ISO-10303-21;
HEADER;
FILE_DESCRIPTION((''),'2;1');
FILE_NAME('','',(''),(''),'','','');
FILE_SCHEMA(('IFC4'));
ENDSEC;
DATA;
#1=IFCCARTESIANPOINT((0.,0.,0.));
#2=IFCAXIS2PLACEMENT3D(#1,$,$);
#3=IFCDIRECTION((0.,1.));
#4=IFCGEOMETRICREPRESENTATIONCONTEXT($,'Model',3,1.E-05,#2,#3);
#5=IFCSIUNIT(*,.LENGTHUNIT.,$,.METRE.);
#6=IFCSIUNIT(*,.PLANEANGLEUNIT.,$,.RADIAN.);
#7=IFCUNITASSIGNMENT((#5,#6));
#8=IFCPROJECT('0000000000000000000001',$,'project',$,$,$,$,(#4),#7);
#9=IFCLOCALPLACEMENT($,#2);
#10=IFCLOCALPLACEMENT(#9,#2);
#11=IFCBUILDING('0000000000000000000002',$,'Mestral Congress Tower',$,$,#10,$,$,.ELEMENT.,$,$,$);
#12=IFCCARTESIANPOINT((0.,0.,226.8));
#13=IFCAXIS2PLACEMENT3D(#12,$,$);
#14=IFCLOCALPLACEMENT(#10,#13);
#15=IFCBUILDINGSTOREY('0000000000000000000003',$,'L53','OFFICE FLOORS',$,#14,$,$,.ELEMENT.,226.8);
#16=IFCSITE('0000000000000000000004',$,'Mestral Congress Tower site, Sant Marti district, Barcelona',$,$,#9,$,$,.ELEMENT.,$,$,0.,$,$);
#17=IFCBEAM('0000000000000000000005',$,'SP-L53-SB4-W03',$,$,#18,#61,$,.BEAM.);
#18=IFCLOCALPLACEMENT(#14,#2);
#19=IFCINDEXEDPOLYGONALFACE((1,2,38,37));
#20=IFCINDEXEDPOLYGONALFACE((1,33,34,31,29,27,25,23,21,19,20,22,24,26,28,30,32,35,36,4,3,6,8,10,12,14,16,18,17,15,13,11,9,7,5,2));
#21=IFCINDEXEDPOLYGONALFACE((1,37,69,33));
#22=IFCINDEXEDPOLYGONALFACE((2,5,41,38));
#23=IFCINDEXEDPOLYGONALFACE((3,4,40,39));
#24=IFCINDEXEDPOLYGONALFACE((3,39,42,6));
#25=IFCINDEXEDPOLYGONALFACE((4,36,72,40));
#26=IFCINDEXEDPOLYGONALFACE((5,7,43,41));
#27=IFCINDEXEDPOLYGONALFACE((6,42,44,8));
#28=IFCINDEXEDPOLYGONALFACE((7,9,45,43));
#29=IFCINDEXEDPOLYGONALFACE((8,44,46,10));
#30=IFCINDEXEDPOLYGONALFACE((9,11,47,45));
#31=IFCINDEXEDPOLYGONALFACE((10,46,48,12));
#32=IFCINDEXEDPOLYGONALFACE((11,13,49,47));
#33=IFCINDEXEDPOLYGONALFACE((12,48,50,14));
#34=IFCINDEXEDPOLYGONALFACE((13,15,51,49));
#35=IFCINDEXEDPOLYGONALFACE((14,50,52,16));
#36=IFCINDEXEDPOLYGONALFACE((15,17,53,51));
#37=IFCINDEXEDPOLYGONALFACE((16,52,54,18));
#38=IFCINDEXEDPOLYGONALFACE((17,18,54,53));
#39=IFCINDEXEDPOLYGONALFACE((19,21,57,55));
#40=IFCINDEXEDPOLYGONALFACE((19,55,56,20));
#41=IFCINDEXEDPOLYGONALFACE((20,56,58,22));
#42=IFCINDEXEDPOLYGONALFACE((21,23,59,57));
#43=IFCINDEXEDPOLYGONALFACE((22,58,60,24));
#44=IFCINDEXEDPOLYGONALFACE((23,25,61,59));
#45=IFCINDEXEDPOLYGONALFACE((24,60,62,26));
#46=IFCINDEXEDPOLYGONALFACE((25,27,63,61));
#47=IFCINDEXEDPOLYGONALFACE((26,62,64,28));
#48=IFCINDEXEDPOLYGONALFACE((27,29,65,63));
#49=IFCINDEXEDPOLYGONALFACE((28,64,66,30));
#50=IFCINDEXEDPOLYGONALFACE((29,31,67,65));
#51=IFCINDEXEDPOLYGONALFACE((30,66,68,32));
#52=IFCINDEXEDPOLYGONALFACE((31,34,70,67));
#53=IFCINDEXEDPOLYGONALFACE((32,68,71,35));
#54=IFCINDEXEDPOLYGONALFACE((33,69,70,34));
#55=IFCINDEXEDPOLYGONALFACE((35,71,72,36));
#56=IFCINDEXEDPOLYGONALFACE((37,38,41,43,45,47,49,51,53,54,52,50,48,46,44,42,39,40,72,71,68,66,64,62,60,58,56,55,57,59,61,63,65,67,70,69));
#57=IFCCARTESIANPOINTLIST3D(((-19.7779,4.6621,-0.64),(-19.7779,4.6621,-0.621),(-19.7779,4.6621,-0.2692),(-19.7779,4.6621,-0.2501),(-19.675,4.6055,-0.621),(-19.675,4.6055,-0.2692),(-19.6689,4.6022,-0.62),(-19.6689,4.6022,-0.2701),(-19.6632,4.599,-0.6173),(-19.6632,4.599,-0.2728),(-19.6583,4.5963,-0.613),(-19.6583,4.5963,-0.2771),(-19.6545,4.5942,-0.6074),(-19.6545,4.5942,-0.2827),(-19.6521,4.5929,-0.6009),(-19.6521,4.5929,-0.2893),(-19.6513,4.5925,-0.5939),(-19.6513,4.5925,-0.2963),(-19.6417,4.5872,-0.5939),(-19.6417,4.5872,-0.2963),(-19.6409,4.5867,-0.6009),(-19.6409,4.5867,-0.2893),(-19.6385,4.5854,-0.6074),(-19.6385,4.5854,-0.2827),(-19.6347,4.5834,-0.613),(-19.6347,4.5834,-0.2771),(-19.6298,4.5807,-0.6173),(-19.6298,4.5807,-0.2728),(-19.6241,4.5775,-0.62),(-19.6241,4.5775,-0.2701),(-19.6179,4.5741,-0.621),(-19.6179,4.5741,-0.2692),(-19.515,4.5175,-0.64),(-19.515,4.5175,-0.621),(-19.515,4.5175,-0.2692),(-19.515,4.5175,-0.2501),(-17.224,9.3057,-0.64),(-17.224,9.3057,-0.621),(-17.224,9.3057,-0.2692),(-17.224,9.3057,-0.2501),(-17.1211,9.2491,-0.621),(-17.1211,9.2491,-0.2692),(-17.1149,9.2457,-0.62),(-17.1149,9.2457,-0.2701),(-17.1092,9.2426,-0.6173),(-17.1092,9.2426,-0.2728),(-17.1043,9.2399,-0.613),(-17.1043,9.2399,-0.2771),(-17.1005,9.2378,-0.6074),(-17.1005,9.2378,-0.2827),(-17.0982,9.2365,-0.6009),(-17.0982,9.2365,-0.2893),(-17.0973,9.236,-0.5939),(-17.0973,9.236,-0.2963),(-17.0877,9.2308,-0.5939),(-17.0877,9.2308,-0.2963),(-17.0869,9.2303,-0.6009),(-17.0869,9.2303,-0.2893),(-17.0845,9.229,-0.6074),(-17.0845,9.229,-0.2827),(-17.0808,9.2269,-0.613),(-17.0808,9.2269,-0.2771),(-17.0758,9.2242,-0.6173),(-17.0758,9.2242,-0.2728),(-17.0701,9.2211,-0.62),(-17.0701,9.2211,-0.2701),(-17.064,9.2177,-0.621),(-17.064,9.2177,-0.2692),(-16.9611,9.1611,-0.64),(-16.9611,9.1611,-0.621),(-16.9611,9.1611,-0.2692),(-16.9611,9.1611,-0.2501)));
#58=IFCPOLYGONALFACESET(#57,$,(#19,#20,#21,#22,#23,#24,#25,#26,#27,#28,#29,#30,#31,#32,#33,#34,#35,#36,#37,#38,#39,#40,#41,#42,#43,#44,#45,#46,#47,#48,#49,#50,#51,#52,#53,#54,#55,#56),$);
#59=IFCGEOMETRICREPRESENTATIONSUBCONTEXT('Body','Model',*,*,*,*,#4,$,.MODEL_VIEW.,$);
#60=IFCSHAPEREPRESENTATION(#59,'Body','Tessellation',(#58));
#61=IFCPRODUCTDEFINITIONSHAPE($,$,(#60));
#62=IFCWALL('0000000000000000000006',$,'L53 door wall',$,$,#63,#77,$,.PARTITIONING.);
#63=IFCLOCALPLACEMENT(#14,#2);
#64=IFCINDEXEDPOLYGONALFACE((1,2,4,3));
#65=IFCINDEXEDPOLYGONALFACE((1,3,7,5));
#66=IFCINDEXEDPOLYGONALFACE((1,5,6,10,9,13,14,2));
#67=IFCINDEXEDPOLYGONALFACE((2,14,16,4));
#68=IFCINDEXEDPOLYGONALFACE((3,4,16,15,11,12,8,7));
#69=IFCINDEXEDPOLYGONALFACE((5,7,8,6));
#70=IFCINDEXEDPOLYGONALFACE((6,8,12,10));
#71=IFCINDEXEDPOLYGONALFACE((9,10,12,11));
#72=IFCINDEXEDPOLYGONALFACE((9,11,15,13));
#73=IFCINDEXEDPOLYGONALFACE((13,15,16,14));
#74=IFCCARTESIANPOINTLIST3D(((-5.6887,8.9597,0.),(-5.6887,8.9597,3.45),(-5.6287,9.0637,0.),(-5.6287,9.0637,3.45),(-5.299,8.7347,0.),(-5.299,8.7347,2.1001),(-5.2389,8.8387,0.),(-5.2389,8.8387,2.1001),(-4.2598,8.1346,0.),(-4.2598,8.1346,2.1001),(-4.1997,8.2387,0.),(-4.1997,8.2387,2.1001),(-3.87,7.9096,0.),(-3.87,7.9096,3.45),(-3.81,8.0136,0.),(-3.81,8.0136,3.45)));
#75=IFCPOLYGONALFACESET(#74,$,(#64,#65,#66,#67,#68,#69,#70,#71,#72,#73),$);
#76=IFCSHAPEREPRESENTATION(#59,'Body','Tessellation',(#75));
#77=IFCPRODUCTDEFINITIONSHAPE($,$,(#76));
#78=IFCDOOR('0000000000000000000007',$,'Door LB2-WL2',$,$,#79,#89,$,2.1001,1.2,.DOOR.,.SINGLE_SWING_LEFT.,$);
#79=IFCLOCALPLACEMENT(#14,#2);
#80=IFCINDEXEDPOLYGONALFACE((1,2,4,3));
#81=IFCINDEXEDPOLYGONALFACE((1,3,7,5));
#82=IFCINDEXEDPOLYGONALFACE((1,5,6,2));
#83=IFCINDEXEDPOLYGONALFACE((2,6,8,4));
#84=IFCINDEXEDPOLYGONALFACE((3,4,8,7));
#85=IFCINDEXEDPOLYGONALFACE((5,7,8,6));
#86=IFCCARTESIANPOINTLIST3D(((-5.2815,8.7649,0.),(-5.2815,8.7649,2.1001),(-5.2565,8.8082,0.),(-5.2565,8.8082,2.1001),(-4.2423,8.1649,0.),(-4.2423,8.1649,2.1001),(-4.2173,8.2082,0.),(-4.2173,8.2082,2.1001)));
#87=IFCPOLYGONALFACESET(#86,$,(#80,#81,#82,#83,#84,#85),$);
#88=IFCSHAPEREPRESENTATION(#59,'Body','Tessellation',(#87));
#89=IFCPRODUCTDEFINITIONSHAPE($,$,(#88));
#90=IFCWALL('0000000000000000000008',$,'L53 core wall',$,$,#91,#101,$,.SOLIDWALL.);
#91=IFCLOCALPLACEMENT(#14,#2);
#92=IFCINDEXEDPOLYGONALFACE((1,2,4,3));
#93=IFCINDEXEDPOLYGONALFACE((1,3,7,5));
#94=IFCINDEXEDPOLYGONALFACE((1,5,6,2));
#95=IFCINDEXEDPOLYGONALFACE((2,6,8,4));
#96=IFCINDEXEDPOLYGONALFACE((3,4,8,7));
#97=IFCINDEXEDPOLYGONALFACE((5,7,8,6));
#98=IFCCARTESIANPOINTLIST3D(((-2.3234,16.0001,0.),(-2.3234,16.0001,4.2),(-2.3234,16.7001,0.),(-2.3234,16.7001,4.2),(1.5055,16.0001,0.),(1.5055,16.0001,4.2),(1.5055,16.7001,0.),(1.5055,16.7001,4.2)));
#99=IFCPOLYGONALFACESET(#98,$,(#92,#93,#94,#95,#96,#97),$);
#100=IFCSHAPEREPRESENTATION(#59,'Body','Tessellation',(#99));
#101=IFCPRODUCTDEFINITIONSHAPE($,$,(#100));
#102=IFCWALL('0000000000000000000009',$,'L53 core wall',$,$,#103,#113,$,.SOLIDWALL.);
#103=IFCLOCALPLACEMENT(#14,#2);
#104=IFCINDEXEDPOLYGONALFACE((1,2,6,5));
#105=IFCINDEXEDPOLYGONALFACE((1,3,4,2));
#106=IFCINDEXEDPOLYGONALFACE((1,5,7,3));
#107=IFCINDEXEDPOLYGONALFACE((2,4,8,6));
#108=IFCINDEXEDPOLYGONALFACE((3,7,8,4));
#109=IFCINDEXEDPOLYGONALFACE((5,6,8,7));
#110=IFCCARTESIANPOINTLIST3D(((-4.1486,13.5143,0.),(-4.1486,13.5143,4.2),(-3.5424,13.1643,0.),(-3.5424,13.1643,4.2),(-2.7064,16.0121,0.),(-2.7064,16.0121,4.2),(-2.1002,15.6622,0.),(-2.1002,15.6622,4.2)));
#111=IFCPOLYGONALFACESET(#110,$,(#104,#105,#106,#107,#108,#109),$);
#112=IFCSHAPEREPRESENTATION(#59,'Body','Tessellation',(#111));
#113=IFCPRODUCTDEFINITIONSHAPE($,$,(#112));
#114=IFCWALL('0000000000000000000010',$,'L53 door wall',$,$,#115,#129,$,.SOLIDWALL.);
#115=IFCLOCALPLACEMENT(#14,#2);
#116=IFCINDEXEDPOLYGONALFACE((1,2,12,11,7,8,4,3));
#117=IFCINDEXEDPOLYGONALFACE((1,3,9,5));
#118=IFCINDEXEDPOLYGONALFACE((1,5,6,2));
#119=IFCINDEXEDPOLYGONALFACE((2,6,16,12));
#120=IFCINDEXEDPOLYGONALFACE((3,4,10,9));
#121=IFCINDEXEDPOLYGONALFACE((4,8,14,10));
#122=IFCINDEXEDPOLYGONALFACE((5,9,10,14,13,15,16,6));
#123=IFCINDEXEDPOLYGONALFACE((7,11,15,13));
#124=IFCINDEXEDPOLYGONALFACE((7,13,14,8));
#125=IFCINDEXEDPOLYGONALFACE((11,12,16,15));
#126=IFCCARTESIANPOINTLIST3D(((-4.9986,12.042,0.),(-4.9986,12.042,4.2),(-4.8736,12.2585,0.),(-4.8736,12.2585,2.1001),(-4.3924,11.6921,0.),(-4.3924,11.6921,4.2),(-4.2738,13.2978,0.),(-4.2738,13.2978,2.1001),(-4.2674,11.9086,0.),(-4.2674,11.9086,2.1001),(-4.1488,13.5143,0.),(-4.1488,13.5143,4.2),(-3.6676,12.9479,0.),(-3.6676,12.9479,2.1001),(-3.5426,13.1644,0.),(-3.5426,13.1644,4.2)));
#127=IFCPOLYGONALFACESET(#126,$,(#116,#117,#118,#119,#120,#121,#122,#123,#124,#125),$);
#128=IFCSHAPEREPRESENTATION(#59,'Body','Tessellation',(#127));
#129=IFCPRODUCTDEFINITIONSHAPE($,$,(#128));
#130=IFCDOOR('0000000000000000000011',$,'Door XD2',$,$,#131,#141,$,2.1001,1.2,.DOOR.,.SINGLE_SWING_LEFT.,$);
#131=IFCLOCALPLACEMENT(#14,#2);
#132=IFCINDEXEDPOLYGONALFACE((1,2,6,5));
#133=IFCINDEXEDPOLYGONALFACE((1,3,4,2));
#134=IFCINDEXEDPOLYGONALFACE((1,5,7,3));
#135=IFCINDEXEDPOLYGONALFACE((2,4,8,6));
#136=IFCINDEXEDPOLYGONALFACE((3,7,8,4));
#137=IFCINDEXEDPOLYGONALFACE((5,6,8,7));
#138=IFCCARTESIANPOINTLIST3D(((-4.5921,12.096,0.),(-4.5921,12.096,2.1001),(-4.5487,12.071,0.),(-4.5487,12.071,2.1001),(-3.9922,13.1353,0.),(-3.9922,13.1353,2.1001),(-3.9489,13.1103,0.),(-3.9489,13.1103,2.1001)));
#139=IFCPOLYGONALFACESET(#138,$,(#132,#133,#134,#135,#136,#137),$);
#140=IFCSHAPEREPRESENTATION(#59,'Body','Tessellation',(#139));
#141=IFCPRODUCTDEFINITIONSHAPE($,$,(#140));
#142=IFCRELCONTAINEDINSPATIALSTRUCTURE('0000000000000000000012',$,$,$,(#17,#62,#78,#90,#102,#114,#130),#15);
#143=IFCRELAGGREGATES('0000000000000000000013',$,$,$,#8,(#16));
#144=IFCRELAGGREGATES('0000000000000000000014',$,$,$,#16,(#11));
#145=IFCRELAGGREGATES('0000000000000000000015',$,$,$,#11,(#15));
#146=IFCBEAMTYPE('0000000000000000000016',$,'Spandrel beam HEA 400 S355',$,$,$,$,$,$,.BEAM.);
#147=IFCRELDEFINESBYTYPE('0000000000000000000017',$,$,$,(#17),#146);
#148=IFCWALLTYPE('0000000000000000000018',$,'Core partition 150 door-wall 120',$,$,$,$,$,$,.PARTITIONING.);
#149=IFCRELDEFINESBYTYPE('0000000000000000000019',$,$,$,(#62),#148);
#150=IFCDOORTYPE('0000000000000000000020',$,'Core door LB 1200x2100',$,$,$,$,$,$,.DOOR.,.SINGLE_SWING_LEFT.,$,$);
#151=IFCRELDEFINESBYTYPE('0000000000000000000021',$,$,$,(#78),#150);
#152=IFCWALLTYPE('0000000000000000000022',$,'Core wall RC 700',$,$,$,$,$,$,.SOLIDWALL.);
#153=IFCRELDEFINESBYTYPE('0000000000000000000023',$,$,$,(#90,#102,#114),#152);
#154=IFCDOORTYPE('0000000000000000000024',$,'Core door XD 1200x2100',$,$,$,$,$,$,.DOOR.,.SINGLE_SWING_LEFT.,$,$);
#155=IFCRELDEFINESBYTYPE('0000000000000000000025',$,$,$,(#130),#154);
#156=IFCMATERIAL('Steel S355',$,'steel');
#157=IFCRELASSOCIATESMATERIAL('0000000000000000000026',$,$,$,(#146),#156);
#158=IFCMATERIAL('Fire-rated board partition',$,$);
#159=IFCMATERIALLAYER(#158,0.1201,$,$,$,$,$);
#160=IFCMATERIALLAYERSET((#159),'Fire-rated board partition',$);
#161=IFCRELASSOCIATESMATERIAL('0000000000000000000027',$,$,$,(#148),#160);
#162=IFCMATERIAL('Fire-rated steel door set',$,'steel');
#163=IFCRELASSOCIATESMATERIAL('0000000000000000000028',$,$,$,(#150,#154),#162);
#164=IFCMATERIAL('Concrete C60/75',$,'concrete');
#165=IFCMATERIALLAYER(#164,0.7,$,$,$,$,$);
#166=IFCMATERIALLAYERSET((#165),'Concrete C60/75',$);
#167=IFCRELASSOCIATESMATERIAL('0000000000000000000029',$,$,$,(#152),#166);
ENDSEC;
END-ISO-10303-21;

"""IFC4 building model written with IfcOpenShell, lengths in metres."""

from ifc_helpers import new_model, si_unit, direction, frame, frame_2d, origin, origin_2d, place, context, subcontext, project, spatial, rectangle, i_section, extrude, material, layer, layer_set, material_profile, profile_set, type_object, element, fill, save


model = new_model("IFC4")

# Units and contexts
model_context = context("Model", 3, precision=1e-05, world=origin(), true_north=direction((0.0, 1.0)))
body_context = subcontext(model_context, "Body", "Model", "MODEL_VIEW")
ifc_project = project(units=[si_unit("LENGTHUNIT", "METRE"), si_unit("PLANEANGLEUNIT", "RADIAN")], contexts=[model_context])

# Site, building, storey
site_placement = place(None, origin())
site = spatial("IfcSite", under=ifc_project, at=site_placement, Name="Mestral Congress Tower site, Sant Marti district, Barcelona", CompositionType="ELEMENT", RefElevation=0.0)
building_placement = place(site_placement, origin())
building = spatial("IfcBuilding", under=site, at=building_placement, Name="Mestral Congress Tower", CompositionType="ELEMENT")
storey_placement = place(building_placement, frame((0.0, 0.0, 226.8)))
storey = spatial("IfcBuildingStorey", under=building, at=storey_placement, Name="L53", Description="OFFICE FLOORS", CompositionType="ELEMENT", Elevation=226.8)

# Shared definitions
ifc_material_1 = material(Name="Concrete C60/75", Category="concrete")

# Beam
ifc_material_2 = material(Name="Steel S355", Category="steel")
ifc_material_profile_1 = material_profile(ifc_material_2, i_section(OverallWidth=0.3, OverallDepth=0.3899, WebThickness=0.011, FlangeThickness=0.019, FilletRadius=0.0271, at=origin_2d()), Name="HEA 400")
ifc_profile_set_1 = profile_set([ifc_material_profile_1], Name="Steel S355")
beam_type_1 = type_object("IfcBeamType", Name="Spandrel beam HEA 400 S355", PredefinedType="BEAM", material=ifc_profile_set_1)
beam_1_placement = place(storey_placement, frame((-17.0925, 9.2334, -0.4451), z_axis=(-0.481919, -0.876216, 0.0), x_axis=(0.876216, -0.481919, 0.0)))
element("IfcBeam", 1, at=beam_1_placement, inside=storey, type_object=beam_type_1, Name="SP-L53-SB4-W03", PredefinedType="BEAM", context=body_context, shape_type="SweptSolid", body=[
    extrude(i_section(OverallWidth=0.3, OverallDepth=0.3899, WebThickness=0.011, FlangeThickness=0.019, FilletRadius=0.0271, at=origin_2d()), origin(), (0.0, 0.0, 1.0), 5.2996),
])

# Wall, opening, door
ifc_material_3 = material(Name="Fire-rated board partition")
ifc_layer_1 = layer(ifc_material_3, 0.1201)
ifc_layer_set_1 = layer_set([ifc_layer_1], Name="Fire-rated board partition")
wall_type_1 = type_object("IfcWallType", Name="Core partition 150 door-wall 120", PredefinedType="PARTITIONING", material=ifc_layer_set_1)
wall_1_placement = place(storey_placement, frame((-5.6587, 9.0117, 0.0), z_axis=(0.0, 0.0, 1.0), x_axis=(0.866009, -0.500028, 0.0)))
wall_1 = element("IfcWall", 2, at=wall_1_placement, inside=storey, type_object=wall_type_1, Name="L53 door wall", PredefinedType="PARTITIONING", context=body_context, shape_type="SweptSolid", body=[
    extrude(rectangle(XDim=2.1001, YDim=0.1201, at=frame_2d((1.05, 0.0))), origin(), (0.0, 0.0, 1.0), 3.45),
])
opening_1_placement = place(wall_1_placement, frame((0.45, 0.0, 0.0)))
opening_1 = element("IfcOpeningElement", 3, at=opening_1_placement, cuts=wall_1, PredefinedType="OPENING", context=body_context, shape_type="SweptSolid", body=[
    extrude(rectangle(XDim=1.2, YDim=2.1001, at=frame_2d((0.6001, 1.05))), frame((0.0, 0.0701, 0.0), z_axis=(0.0, -1.0, 0.0), x_axis=(1.0, 0.0, 0.0)), (0.0, 0.0, 1.0), 0.1401),
])
ifc_material_4 = material(Name="Fire-rated steel door set", Category="steel")
door_type_1 = type_object("IfcDoorType", Name="Core door LB 1200x2100", OperationType="SINGLE_SWING_LEFT", PredefinedType="DOOR", material=ifc_material_4)
door_1_placement = place(opening_1_placement, origin())
door_1 = element("IfcDoor", 4, at=door_1_placement, inside=storey, type_object=door_type_1, Name="Door LB2-WL2", OperationType="SINGLE_SWING_LEFT", OverallHeight=2.1001, OverallWidth=1.2, PredefinedType="DOOR", context=body_context, shape_type="SweptSolid", body=[
    extrude(rectangle(XDim=1.2, YDim=2.1001, at=frame_2d((0.6001, 1.05))), frame((0.0, 0.0249, 0.0), z_axis=(0.0, -1.0, 0.0), x_axis=(1.0, 0.0, 0.0)), (0.0, 0.0, 1.0), 0.05),
])
fill(opening_1, door_1)

# Walls
ifc_layer_2 = layer(ifc_material_1, 0.7)
ifc_layer_set_2 = layer_set([ifc_layer_2], Name="Concrete C60/75")
wall_type_2 = type_object("IfcWallType", Name="Core wall RC 700", PredefinedType="SOLIDWALL", material=ifc_layer_set_2)
wall_2_placement = place(storey_placement, frame((-2.3235, 16.3501, 0.0), z_axis=(0.0, 0.0, 1.0), x_axis=(1.0, 0.0, 0.0)))
element("IfcWall", 5, at=wall_2_placement, inside=storey, type_object=wall_type_2, Name="L53 core wall", PredefinedType="SOLIDWALL", context=body_context, shape_type="SweptSolid", body=[
    extrude(rectangle(XDim=3.8289, YDim=0.7, at=frame_2d((1.9146, 0.0))), origin(), (0.0, 0.0, 1.0), 4.2),
])
wall_3_placement = place(storey_placement, frame((-2.4033, 15.8372, 0.0), z_axis=(0.0, 0.0, 1.0), x_axis=(-0.500008, -0.866021, 0.0)))
element("IfcWall", 6, at=wall_3_placement, inside=storey, type_object=wall_type_2, Name="L53 core wall", PredefinedType="SOLIDWALL", context=body_context, shape_type="SweptSolid", body=[
    extrude(rectangle(XDim=2.8843, YDim=0.7, at=frame_2d((1.4421, 0.0))), origin(), (0.0, 0.0, 1.0), 4.2),
])

# Wall, opening, door
wall_4_placement = place(storey_placement, frame((-4.6956, 11.8669, 0.0), z_axis=(0.0, 0.0, 1.0), x_axis=(0.499892, 0.866088, 0.0)))
wall_4 = element("IfcWall", 7, at=wall_4_placement, inside=storey, type_object=wall_type_2, Name="L53 door wall", PredefinedType="SOLIDWALL", context=body_context, shape_type="SweptSolid", body=[
    extrude(rectangle(XDim=1.7, YDim=0.7, at=frame_2d((0.8501, 0.0))), origin(), (0.0, 0.0, 1.0), 4.2),
])
opening_2_placement = place(wall_4_placement, frame((0.25, 0.0, 0.0)))
opening_2 = element("IfcOpeningElement", 8, at=opening_2_placement, cuts=wall_4, PredefinedType="OPENING", context=body_context, shape_type="SweptSolid", body=[
    extrude(rectangle(XDim=1.2, YDim=2.1001, at=frame_2d((0.6001, 1.05))), frame((0.0, 0.3599, 0.0), z_axis=(0.0, -1.0, 0.0), x_axis=(1.0, 0.0, 0.0)), (0.0, 0.0, 1.0), 0.72),
])
door_type_2 = type_object("IfcDoorType", Name="Core door XD 1200x2100", OperationType="SINGLE_SWING_LEFT", PredefinedType="DOOR", material=ifc_material_4)
door_2_placement = place(opening_2_placement, origin())
door_2 = element("IfcDoor", 9, at=door_2_placement, inside=storey, type_object=door_type_2, Name="Door XD2", OperationType="SINGLE_SWING_LEFT", OverallHeight=2.1001, OverallWidth=1.2, PredefinedType="DOOR", context=body_context, shape_type="SweptSolid", body=[
    extrude(rectangle(XDim=1.2, YDim=2.1001, at=frame_2d((0.6001, 1.05))), frame((0.0, 0.0249, 0.0), z_axis=(0.0, -1.0, 0.0), x_axis=(1.0, 0.0, 0.0)), (0.0, 0.0, 1.0), 0.05),
])
fill(opening_2, door_2)

save(model, "model.ifc")
